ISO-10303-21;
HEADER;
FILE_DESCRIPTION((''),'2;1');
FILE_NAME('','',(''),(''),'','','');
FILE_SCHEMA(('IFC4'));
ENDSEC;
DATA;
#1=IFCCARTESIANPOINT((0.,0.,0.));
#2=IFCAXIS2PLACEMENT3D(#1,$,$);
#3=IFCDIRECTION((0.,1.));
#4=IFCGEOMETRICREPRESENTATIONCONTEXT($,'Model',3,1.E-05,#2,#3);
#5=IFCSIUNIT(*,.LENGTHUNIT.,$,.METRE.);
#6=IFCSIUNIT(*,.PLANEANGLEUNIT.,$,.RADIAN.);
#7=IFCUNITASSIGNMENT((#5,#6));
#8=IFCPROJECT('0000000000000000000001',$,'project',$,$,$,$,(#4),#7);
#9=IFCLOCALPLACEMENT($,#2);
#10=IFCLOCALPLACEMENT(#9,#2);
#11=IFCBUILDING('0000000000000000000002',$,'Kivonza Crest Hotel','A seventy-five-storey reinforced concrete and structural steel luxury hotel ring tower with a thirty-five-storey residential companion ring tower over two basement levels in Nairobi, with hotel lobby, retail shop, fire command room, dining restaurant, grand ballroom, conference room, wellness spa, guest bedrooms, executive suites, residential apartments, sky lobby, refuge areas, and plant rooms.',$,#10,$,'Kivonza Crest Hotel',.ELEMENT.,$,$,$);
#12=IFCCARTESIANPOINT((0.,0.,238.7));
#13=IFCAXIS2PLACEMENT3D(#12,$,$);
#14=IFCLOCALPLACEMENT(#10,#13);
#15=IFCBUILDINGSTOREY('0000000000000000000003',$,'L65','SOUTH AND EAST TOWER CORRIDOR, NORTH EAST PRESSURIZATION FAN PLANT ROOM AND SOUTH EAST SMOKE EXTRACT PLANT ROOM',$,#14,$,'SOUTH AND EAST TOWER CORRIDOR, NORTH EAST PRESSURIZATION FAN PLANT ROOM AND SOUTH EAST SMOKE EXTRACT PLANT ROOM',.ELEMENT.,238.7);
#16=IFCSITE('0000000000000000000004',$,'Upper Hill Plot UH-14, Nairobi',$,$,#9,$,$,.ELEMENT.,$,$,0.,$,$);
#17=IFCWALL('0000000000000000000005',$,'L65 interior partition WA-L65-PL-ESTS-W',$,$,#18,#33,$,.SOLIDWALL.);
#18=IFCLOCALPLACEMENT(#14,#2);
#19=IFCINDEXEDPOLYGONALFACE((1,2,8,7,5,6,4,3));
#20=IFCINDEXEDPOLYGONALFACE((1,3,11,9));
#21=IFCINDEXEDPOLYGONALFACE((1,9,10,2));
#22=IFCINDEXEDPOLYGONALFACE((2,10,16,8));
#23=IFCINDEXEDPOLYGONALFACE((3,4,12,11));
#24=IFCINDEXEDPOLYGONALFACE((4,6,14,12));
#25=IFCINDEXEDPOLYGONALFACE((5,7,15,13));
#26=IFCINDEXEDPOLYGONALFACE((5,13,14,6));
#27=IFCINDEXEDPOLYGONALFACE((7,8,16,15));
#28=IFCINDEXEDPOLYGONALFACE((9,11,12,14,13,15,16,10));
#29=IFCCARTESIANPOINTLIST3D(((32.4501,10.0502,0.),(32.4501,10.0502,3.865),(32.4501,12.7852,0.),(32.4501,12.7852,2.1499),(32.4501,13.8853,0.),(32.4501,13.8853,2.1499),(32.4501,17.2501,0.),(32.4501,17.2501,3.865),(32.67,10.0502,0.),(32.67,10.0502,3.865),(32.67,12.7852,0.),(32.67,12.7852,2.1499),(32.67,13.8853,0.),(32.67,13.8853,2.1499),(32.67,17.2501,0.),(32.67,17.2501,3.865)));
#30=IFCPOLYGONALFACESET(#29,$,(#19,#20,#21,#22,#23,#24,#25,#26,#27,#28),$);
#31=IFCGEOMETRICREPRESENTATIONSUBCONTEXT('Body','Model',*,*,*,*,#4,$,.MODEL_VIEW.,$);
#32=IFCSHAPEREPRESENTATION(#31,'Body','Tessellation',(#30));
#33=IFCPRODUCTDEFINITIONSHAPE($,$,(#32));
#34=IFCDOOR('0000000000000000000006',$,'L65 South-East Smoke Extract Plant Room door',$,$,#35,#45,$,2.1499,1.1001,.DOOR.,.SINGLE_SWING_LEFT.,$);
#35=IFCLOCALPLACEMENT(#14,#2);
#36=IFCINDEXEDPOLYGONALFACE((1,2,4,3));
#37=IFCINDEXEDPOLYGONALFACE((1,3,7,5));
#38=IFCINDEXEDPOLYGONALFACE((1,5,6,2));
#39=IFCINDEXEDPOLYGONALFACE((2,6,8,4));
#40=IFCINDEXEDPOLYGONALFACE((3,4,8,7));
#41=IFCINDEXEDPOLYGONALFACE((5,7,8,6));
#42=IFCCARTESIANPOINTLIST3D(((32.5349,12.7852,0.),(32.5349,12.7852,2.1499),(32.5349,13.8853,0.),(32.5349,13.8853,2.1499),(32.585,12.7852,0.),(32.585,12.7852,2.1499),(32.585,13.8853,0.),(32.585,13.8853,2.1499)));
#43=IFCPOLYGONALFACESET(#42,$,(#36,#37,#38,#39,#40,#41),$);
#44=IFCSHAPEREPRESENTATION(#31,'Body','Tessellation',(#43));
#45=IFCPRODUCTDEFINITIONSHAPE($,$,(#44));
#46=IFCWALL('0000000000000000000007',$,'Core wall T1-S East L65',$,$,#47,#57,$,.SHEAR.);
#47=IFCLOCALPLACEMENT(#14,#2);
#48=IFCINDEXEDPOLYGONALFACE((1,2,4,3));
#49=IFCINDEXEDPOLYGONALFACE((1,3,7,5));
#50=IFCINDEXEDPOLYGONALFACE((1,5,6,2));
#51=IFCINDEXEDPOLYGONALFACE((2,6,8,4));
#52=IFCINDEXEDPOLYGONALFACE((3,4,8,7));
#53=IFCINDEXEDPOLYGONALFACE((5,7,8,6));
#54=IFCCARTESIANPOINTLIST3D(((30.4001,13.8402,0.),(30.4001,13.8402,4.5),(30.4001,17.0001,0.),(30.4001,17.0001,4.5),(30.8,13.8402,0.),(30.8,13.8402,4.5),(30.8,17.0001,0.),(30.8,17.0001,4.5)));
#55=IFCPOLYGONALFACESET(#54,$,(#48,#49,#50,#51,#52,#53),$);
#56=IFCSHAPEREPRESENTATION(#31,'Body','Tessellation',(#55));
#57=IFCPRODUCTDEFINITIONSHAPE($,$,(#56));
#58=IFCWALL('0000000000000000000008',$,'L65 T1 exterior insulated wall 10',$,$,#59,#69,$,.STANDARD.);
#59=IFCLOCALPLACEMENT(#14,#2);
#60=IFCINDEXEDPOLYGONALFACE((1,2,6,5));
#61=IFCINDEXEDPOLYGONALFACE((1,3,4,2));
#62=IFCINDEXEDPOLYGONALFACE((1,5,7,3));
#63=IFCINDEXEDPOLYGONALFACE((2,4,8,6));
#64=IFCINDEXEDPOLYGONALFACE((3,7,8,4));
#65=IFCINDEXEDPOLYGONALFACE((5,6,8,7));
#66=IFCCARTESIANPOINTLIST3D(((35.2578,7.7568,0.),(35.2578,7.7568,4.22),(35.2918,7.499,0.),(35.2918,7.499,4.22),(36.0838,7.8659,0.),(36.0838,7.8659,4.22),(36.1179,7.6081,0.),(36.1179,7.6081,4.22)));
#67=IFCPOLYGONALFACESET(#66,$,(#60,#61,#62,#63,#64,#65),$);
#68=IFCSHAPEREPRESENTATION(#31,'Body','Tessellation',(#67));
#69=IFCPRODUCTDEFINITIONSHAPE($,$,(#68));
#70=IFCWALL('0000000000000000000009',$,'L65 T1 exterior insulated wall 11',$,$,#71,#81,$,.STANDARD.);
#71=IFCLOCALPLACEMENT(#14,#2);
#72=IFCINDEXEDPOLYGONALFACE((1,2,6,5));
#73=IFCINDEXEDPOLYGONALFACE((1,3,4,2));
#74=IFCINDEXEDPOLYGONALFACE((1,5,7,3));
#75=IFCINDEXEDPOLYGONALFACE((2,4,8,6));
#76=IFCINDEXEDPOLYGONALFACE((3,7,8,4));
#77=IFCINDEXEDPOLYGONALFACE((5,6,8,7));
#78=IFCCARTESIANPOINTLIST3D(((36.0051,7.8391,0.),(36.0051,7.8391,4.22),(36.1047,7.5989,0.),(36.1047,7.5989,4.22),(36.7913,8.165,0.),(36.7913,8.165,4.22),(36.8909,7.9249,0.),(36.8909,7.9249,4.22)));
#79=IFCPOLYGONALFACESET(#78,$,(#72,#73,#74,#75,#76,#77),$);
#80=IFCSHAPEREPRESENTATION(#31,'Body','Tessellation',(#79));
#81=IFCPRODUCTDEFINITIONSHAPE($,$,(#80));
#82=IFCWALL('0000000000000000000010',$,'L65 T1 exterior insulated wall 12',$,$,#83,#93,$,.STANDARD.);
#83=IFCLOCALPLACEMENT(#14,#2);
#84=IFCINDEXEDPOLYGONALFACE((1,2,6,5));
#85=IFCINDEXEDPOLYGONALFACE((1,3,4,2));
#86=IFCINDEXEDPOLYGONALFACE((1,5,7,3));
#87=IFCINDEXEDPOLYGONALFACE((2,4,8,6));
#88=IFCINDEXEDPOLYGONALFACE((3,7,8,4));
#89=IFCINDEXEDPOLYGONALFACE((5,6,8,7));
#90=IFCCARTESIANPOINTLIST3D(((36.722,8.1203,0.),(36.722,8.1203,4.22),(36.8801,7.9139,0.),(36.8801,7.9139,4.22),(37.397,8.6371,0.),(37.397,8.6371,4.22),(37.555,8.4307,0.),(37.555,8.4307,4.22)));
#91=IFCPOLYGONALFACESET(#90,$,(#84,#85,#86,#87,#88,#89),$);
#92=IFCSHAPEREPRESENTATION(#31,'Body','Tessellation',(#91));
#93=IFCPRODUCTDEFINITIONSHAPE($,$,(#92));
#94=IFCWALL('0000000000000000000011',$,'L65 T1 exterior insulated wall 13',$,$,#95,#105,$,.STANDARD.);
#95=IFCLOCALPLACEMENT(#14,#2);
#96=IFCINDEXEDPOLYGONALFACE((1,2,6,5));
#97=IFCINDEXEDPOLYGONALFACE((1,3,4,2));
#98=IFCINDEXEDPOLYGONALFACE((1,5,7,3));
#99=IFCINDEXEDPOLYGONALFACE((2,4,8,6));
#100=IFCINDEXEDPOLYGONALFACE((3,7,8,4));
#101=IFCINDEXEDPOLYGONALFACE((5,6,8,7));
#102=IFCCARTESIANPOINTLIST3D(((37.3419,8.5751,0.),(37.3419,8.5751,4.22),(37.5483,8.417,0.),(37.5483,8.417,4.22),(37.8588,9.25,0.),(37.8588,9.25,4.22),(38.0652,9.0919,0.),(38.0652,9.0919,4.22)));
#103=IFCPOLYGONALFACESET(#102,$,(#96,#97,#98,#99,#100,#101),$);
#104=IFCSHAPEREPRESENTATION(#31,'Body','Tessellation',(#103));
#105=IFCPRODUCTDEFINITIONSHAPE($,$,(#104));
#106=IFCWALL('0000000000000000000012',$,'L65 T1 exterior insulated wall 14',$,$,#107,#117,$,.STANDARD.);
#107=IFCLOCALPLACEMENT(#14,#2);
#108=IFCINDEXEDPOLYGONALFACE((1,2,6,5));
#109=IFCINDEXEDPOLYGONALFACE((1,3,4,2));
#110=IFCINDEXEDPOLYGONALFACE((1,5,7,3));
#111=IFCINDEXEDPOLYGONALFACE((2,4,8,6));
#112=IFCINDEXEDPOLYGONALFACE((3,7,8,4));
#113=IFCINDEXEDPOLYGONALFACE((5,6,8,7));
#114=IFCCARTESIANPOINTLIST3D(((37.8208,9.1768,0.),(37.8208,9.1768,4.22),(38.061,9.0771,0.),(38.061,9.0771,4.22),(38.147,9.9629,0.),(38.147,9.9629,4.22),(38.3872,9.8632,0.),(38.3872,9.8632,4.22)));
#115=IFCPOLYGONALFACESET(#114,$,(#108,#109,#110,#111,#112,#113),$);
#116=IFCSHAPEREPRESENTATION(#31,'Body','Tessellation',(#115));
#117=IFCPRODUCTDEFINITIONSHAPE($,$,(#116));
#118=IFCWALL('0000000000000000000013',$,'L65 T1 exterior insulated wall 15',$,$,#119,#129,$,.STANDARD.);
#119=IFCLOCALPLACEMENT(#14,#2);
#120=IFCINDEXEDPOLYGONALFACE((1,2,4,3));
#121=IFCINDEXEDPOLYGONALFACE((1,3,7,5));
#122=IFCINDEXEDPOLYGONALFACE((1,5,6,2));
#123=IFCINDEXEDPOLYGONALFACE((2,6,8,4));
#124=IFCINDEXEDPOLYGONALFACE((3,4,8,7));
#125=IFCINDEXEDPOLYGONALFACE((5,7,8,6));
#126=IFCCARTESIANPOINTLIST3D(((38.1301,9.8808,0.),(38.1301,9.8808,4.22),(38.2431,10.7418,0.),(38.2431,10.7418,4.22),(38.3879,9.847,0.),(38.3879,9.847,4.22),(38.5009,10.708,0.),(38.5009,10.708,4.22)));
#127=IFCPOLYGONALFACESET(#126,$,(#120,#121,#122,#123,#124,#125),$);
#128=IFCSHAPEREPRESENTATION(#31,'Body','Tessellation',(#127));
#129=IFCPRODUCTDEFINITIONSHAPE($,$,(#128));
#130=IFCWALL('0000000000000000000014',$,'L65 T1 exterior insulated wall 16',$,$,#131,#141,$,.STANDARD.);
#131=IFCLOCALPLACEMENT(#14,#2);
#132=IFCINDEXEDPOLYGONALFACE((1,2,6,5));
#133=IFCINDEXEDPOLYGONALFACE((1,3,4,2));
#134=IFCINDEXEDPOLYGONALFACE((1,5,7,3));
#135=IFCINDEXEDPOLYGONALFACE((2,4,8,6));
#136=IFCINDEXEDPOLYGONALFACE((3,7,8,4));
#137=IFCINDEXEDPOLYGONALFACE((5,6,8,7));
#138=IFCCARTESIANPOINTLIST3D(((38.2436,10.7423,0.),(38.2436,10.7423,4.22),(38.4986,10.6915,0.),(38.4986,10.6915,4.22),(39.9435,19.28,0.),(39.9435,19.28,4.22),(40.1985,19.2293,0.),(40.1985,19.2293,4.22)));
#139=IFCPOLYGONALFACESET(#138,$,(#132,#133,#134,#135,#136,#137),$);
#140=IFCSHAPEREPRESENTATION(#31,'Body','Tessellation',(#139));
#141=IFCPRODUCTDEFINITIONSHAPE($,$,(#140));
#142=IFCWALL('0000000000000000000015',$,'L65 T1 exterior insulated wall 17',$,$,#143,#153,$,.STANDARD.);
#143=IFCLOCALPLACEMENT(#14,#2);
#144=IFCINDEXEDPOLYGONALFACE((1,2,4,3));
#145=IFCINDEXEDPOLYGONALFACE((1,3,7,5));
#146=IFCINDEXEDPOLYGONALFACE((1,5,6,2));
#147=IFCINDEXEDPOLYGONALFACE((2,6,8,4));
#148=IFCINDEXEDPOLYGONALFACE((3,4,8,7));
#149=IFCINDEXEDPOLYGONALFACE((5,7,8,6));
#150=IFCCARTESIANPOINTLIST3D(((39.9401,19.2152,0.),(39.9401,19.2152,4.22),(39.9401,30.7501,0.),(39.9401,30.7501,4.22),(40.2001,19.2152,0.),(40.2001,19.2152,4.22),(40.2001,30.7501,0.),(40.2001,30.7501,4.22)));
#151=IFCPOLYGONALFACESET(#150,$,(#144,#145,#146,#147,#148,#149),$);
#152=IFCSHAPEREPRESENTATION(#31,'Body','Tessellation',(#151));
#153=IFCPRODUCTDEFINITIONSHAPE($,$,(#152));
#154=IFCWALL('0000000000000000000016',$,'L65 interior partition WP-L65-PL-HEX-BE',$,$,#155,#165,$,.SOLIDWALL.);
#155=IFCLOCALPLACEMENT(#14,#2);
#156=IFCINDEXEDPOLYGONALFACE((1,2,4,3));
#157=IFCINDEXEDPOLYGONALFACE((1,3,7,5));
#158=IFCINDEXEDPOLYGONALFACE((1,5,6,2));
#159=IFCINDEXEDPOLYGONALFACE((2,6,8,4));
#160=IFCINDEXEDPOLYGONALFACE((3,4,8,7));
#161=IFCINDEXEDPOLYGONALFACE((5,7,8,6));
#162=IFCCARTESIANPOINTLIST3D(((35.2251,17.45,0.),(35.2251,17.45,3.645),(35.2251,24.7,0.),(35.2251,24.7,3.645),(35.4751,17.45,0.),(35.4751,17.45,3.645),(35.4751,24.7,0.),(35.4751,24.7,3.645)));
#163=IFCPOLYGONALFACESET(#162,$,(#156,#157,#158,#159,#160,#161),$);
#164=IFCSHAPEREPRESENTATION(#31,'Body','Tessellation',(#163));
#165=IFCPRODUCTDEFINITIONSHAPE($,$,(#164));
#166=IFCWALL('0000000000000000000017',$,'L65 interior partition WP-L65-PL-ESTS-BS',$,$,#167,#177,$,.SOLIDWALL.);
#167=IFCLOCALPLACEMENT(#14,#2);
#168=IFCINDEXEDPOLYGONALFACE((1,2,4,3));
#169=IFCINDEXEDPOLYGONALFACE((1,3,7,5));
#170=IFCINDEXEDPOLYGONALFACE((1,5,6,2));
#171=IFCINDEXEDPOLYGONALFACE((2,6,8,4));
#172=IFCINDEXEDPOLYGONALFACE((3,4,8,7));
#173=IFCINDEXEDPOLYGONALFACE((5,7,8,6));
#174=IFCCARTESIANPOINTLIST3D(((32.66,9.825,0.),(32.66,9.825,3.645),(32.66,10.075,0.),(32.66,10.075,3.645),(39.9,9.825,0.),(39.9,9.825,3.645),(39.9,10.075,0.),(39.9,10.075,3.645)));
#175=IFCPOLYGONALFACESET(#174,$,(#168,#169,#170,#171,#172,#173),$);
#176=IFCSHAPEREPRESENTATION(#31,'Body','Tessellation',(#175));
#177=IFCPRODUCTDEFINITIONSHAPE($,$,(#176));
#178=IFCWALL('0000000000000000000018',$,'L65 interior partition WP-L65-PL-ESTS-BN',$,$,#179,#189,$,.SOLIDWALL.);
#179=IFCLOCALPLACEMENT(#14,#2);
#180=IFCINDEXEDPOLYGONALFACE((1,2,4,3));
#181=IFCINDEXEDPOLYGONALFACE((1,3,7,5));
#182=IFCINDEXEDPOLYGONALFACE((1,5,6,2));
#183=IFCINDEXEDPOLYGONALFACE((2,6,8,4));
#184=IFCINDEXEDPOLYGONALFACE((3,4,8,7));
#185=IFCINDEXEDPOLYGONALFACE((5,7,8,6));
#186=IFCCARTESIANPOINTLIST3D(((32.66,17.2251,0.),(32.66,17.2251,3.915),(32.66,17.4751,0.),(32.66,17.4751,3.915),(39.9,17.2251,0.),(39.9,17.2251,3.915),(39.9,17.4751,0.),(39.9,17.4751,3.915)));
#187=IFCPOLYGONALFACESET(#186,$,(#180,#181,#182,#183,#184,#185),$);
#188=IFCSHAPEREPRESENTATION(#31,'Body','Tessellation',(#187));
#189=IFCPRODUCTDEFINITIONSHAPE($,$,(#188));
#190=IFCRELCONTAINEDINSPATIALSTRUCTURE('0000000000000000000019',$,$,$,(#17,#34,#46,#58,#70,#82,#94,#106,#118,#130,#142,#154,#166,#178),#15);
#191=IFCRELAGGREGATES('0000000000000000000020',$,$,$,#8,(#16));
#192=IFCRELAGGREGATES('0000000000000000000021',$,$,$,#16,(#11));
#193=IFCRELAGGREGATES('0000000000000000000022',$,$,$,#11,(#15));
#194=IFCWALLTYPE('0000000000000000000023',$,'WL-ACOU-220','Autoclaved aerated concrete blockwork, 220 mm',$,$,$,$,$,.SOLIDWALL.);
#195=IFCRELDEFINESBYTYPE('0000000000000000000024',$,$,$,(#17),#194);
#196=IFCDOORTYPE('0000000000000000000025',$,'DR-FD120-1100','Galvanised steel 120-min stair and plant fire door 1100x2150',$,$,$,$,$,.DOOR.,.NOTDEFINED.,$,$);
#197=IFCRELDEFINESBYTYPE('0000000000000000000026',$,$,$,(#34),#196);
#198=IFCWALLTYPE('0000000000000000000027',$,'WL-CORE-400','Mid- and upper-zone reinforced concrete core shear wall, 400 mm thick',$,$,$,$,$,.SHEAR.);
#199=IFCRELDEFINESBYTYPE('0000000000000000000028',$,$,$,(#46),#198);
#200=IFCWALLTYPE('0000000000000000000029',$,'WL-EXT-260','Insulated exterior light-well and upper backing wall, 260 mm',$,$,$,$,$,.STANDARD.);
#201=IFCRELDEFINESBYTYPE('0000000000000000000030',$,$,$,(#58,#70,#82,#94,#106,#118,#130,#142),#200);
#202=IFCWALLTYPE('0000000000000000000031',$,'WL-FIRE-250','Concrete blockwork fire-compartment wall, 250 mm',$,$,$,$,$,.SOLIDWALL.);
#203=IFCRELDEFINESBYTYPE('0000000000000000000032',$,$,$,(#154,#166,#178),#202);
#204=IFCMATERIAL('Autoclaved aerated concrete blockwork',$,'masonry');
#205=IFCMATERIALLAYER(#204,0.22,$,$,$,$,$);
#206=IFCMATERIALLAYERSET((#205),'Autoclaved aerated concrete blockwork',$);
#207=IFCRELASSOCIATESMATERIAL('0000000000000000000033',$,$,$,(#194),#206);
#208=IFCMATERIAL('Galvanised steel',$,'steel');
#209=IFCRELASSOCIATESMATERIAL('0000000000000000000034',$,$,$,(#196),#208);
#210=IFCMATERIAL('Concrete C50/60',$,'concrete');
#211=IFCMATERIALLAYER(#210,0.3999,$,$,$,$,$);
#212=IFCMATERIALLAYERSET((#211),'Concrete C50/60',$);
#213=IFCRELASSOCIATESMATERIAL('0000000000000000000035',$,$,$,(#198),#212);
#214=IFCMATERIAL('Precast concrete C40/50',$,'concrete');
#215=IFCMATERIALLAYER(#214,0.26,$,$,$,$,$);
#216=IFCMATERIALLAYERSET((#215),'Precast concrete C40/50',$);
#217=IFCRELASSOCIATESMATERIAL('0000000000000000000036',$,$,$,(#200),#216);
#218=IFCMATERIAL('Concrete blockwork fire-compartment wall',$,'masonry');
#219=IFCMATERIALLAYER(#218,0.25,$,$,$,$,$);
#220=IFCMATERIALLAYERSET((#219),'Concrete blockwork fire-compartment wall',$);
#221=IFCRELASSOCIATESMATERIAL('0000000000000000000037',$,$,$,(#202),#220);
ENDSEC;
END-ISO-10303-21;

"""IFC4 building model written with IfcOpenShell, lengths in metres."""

from ifc_helpers import new_model, si_unit, direction, frame, frame_2d, origin, place, context, subcontext, project, spatial, rectangle, extrude, material, layer, layer_set, type_object, element, fill, save


model = new_model("IFC4")

# Units and contexts
model_context = context("Model", 3, precision=1e-05, world=origin(), true_north=direction((0.0, 1.0)))
body_context = subcontext(model_context, "Body", "Model", "MODEL_VIEW")
ifc_project = project(units=[si_unit("LENGTHUNIT", "METRE"), si_unit("PLANEANGLEUNIT", "RADIAN")], contexts=[model_context])

# Site, building, storey
site_placement = place(None, origin())
site = spatial("IfcSite", under=ifc_project, at=site_placement, Name="Upper Hill Plot UH-14, Nairobi", CompositionType="ELEMENT", RefElevation=0.0)
building_placement = place(site_placement, origin())
building = spatial("IfcBuilding", under=site, at=building_placement, Name="Kivonza Crest Hotel", Description="A seventy-five-storey reinforced concrete and structural steel luxury hotel ring tower with a thirty-five-storey residential companion ring tower over two basement levels in Nairobi, with hotel lobby, retail shop, fire command room, dining restaurant, grand ballroom, conference room, wellness spa, guest bedrooms, executive suites, residential apartments, sky lobby, refuge areas, and plant rooms.", LongName="Kivonza Crest Hotel", CompositionType="ELEMENT")
storey_placement = place(building_placement, frame((0.0, 0.0, 238.7)))
storey = spatial("IfcBuildingStorey", under=building, at=storey_placement, Name="L65", Description="SOUTH AND EAST TOWER CORRIDOR, NORTH EAST PRESSURIZATION FAN PLANT ROOM AND SOUTH EAST SMOKE EXTRACT PLANT ROOM", LongName="SOUTH AND EAST TOWER CORRIDOR, NORTH EAST PRESSURIZATION FAN PLANT ROOM AND SOUTH EAST SMOKE EXTRACT PLANT ROOM", CompositionType="ELEMENT", Elevation=238.7)

# Shared definitions
ifc_material_1 = material(Name="Concrete C50/60", Category="concrete")

# Wall, opening, door
ifc_material_2 = material(Name="Autoclaved aerated concrete blockwork", Category="masonry")
ifc_layer_1 = layer(ifc_material_2, 0.22)
ifc_layer_set_1 = layer_set([ifc_layer_1], Name="Autoclaved aerated concrete blockwork")
wall_type_1 = type_object("IfcWallType", Name="WL-ACOU-220", Description="Autoclaved aerated concrete blockwork, 220 mm", PredefinedType="SOLIDWALL", material=ifc_layer_set_1)
ifc_material_3 = material(Name="Galvanised steel", Category="steel")
door_type = type_object("IfcDoorType", Name="DR-FD120-1100", Description="Galvanised steel 120-min stair and plant fire door 1100x2150", OperationType="NOTDEFINED", PredefinedType="DOOR", material=ifc_material_3)
wall_1_placement = place(storey_placement, frame((32.5601, 10.05, 0.0), z_axis=(0.0, 0.0, 1.0), x_axis=(0.0, 1.0, 0.0)))
wall_1 = element("IfcWall", 1, at=wall_1_placement, inside=storey, type_object=wall_type_1, Name="L65 interior partition WA-L65-PL-ESTS-W", PredefinedType="SOLIDWALL", context=body_context, shape_type="SweptSolid", body=[
    extrude(rectangle(XDim=7.2, YDim=0.22, at=frame_2d((3.6001, 0.0))), origin(), (0.0, 0.0, 1.0), 3.865),
])
opening_1_placement = place(wall_1_placement, frame((2.7351, 0.0, 0.0)))
opening_1 = element("IfcOpeningElement", 2, at=opening_1_placement, cuts=wall_1, PredefinedType="OPENING", context=body_context, shape_type="SweptSolid", body=[
    extrude(rectangle(XDim=1.1001, YDim=2.1499, at=frame_2d((0.55, 1.075))), frame((0.0, 0.1201, 0.0), z_axis=(0.0, -1.0, 0.0), x_axis=(1.0, 0.0, 0.0)), (0.0, 0.0, 1.0), 0.24),
])
door_1_placement = place(opening_1_placement, frame((1.1001, 0.0, 0.0), z_axis=(0.0, 0.0, 1.0), x_axis=(-1.0, 0.0, 0.0)))
door_1 = element("IfcDoor", 3, at=door_1_placement, inside=storey, type_object=door_type, Name="L65 South-East Smoke Extract Plant Room door", OperationType="SINGLE_SWING_LEFT", OverallHeight=2.1499, OverallWidth=1.1001, PredefinedType="DOOR", context=body_context, shape_type="SweptSolid", body=[
    extrude(rectangle(XDim=1.1001, YDim=2.1499, at=frame_2d((0.55, 1.075))), frame((0.0, 0.0249, 0.0), z_axis=(0.0, -1.0, 0.0), x_axis=(1.0, 0.0, 0.0)), (0.0, 0.0, 1.0), 0.05),
])
fill(opening_1, door_1)

# Walls
ifc_layer_2 = layer(ifc_material_1, 0.3999)
ifc_layer_set_2 = layer_set([ifc_layer_2], Name="Concrete C50/60")
wall_type_2 = type_object("IfcWallType", Name="WL-CORE-400", Description="Mid- and upper-zone reinforced concrete core shear wall, 400 mm thick", PredefinedType="SHEAR", material=ifc_layer_set_2)
wall_2_placement = place(storey_placement, frame((30.6001, 13.8401, 0.0), z_axis=(0.0, 0.0, 1.0), x_axis=(0.0, 1.0, 0.0)))
element("IfcWall", 4, at=wall_2_placement, inside=storey, type_object=wall_type_2, Name="Core wall T1-S East L65", PredefinedType="SHEAR", context=body_context, shape_type="SweptSolid", body=[
    extrude(rectangle(XDim=3.1599, YDim=0.3999, at=frame_2d((1.5801, 0.0))), origin(), (0.0, 0.0, 1.0), 4.5),
])
ifc_material_4 = material(Name="Precast concrete C40/50", Category="concrete")
ifc_layer_3 = layer(ifc_material_4, 0.26)
ifc_layer_set_3 = layer_set([ifc_layer_3], Name="Precast concrete C40/50")
wall_type_3 = type_object("IfcWallType", Name="WL-EXT-260", Description="Insulated exterior light-well and upper backing wall, 260 mm", PredefinedType="STANDARD", material=ifc_layer_set_3)
wall_3_placement = place(storey_placement, frame((35.2749, 7.6279, 0.0), z_axis=(0.0, 0.0, 1.0), x_axis=(0.991388, 0.130955, 0.0)))
element("IfcWall", 5, at=wall_3_placement, inside=storey, type_object=wall_type_3, Name="L65 T1 exterior insulated wall 10", PredefinedType="STANDARD", context=body_context, shape_type="SweptSolid", body=[
    extrude(rectangle(XDim=0.8333, YDim=0.26, at=frame_2d((0.4165, 0.0))), origin(), (0.0, 0.0, 1.0), 4.22),
])
wall_4_placement = place(storey_placement, frame((36.0549, 7.719, 0.0), z_axis=(0.0, 0.0, 1.0), x_axis=(0.923754, 0.382985, 0.0)))
element("IfcWall", 6, at=wall_4_placement, inside=storey, type_object=wall_type_3, Name="L65 T1 exterior insulated wall 11", PredefinedType="STANDARD", context=body_context, shape_type="SweptSolid", body=[
    extrude(rectangle(XDim=0.8511, YDim=0.26, at=frame_2d((0.4255, 0.0))), origin(), (0.0, 0.0, 1.0), 4.22),
])
for number, where, z_axis, x_axis, name in (
    (7, (36.801, 8.0171, 0.0), (0.0, 0.0, 1.0), (0.793999, 0.607919, 0.0), "L65 T1 exterior insulated wall 12"),
    (8, (37.4451, 8.4961, 0.0), (0.0, 0.0, 1.0), (0.608058, 0.793893, 0.0), "L65 T1 exterior insulated wall 13"),
):
    element("IfcWall", number, at=place(storey_placement, frame(where, z_axis=z_axis, x_axis=x_axis)), inside=storey, type_object=wall_type_3, Name=name, PredefinedType="STANDARD", context=body_context, shape_type="SweptSolid", body=[
        extrude(rectangle(XDim=0.8501, YDim=0.26, at=frame_2d((0.425, 0.0))), origin(), (0.0, 0.0, 1.0), 4.22),
    ])
wall_5_placement = place(storey_placement, frame((37.9409, 9.127, 0.0), z_axis=(0.0, 0.0, 1.0), x_axis=(0.38323, 0.923653, 0.0)))
element("IfcWall", 9, at=wall_5_placement, inside=storey, type_object=wall_type_3, Name="L65 T1 exterior insulated wall 14", PredefinedType="STANDARD", context=body_context, shape_type="SweptSolid", body=[
    extrude(rectangle(XDim=0.8511, YDim=0.26, at=frame_2d((0.4255, 0.0))), origin(), (0.0, 0.0, 1.0), 4.22),
])
wall_6_placement = place(storey_placement, frame((38.259, 9.864, 0.0), z_axis=(0.0, 0.0, 1.0), x_axis=(0.130156, 0.991493, 0.0)))
element("IfcWall", 10, at=wall_6_placement, inside=storey, type_object=wall_type_3, Name="L65 T1 exterior insulated wall 15", PredefinedType="STANDARD", context=body_context, shape_type="SweptSolid", body=[
    extrude(rectangle(XDim=0.8684, YDim=0.26, at=frame_2d((0.4341, 0.0))), origin(), (0.0, 0.0, 1.0), 4.22),
])
wall_7_placement = place(storey_placement, frame((38.3711, 10.717, 0.0), z_axis=(0.0, 0.0, 1.0), x_axis=(0.195275, 0.980749, 0.0)))
element("IfcWall", 11, at=wall_7_placement, inside=storey, type_object=wall_type_3, Name="L65 T1 exterior insulated wall 16", PredefinedType="STANDARD", context=body_context, shape_type="SweptSolid", body=[
    extrude(rectangle(XDim=8.7053, YDim=0.26, at=frame_2d((4.3525, 0.0))), origin(), (0.0, 0.0, 1.0), 4.22),
])
wall_8_placement = place(storey_placement, frame((40.0701, 19.2151, 0.0), z_axis=(0.0, 0.0, 1.0), x_axis=(0.0, 1.0, 0.0)))
element("IfcWall", 12, at=wall_8_placement, inside=storey, type_object=wall_type_3, Name="L65 T1 exterior insulated wall 17", PredefinedType="STANDARD", context=body_context, shape_type="SweptSolid", body=[
    extrude(rectangle(XDim=11.5349, YDim=0.26, at=frame_2d((5.7676, 0.0))), origin(), (0.0, 0.0, 1.0), 4.22),
])
ifc_material_5 = material(Name="Concrete blockwork fire-compartment wall", Category="masonry")
ifc_layer_4 = layer(ifc_material_5, 0.25)
ifc_layer_set_4 = layer_set([ifc_layer_4], Name="Concrete blockwork fire-compartment wall")
wall_type_4 = type_object("IfcWallType", Name="WL-FIRE-250", Description="Concrete blockwork fire-compartment wall, 250 mm", PredefinedType="SOLIDWALL", material=ifc_layer_set_4)
wall_9_placement = place(storey_placement, frame((35.3501, 17.45, 0.0), z_axis=(0.0, 0.0, 1.0), x_axis=(0.0, 1.0, 0.0)))
element("IfcWall", 13, at=wall_9_placement, inside=storey, type_object=wall_type_4, Name="L65 interior partition WP-L65-PL-HEX-BE", PredefinedType="SOLIDWALL", context=body_context, shape_type="SweptSolid", body=[
    extrude(rectangle(XDim=7.25, YDim=0.25, at=frame_2d((3.625, 0.0))), origin(), (0.0, 0.0, 1.0), 3.645),
])
wall_10_placement = place(storey_placement, frame((32.6599, 9.95, 0.0), z_axis=(0.0, 0.0, 1.0), x_axis=(1.0, 0.0, 0.0)))
element("IfcWall", 14, at=wall_10_placement, inside=storey, type_object=wall_type_4, Name="L65 interior partition WP-L65-PL-ESTS-BS", PredefinedType="SOLIDWALL", context=body_context, shape_type="SweptSolid", body=[
    extrude(rectangle(XDim=7.24, YDim=0.25, at=frame_2d((3.6201, 0.0))), origin(), (0.0, 0.0, 1.0), 3.645),
])
wall_11_placement = place(storey_placement, frame((32.6599, 17.3501, 0.0), z_axis=(0.0, 0.0, 1.0), x_axis=(1.0, 0.0, 0.0)))
element("IfcWall", 15, at=wall_11_placement, inside=storey, type_object=wall_type_4, Name="L65 interior partition WP-L65-PL-ESTS-BN", PredefinedType="SOLIDWALL", context=body_context, shape_type="SweptSolid", body=[
    extrude(rectangle(XDim=7.24, YDim=0.25, at=frame_2d((3.6201, 0.0))), origin(), (0.0, 0.0, 1.0), 3.915),
])

save(model, "model.ifc")
